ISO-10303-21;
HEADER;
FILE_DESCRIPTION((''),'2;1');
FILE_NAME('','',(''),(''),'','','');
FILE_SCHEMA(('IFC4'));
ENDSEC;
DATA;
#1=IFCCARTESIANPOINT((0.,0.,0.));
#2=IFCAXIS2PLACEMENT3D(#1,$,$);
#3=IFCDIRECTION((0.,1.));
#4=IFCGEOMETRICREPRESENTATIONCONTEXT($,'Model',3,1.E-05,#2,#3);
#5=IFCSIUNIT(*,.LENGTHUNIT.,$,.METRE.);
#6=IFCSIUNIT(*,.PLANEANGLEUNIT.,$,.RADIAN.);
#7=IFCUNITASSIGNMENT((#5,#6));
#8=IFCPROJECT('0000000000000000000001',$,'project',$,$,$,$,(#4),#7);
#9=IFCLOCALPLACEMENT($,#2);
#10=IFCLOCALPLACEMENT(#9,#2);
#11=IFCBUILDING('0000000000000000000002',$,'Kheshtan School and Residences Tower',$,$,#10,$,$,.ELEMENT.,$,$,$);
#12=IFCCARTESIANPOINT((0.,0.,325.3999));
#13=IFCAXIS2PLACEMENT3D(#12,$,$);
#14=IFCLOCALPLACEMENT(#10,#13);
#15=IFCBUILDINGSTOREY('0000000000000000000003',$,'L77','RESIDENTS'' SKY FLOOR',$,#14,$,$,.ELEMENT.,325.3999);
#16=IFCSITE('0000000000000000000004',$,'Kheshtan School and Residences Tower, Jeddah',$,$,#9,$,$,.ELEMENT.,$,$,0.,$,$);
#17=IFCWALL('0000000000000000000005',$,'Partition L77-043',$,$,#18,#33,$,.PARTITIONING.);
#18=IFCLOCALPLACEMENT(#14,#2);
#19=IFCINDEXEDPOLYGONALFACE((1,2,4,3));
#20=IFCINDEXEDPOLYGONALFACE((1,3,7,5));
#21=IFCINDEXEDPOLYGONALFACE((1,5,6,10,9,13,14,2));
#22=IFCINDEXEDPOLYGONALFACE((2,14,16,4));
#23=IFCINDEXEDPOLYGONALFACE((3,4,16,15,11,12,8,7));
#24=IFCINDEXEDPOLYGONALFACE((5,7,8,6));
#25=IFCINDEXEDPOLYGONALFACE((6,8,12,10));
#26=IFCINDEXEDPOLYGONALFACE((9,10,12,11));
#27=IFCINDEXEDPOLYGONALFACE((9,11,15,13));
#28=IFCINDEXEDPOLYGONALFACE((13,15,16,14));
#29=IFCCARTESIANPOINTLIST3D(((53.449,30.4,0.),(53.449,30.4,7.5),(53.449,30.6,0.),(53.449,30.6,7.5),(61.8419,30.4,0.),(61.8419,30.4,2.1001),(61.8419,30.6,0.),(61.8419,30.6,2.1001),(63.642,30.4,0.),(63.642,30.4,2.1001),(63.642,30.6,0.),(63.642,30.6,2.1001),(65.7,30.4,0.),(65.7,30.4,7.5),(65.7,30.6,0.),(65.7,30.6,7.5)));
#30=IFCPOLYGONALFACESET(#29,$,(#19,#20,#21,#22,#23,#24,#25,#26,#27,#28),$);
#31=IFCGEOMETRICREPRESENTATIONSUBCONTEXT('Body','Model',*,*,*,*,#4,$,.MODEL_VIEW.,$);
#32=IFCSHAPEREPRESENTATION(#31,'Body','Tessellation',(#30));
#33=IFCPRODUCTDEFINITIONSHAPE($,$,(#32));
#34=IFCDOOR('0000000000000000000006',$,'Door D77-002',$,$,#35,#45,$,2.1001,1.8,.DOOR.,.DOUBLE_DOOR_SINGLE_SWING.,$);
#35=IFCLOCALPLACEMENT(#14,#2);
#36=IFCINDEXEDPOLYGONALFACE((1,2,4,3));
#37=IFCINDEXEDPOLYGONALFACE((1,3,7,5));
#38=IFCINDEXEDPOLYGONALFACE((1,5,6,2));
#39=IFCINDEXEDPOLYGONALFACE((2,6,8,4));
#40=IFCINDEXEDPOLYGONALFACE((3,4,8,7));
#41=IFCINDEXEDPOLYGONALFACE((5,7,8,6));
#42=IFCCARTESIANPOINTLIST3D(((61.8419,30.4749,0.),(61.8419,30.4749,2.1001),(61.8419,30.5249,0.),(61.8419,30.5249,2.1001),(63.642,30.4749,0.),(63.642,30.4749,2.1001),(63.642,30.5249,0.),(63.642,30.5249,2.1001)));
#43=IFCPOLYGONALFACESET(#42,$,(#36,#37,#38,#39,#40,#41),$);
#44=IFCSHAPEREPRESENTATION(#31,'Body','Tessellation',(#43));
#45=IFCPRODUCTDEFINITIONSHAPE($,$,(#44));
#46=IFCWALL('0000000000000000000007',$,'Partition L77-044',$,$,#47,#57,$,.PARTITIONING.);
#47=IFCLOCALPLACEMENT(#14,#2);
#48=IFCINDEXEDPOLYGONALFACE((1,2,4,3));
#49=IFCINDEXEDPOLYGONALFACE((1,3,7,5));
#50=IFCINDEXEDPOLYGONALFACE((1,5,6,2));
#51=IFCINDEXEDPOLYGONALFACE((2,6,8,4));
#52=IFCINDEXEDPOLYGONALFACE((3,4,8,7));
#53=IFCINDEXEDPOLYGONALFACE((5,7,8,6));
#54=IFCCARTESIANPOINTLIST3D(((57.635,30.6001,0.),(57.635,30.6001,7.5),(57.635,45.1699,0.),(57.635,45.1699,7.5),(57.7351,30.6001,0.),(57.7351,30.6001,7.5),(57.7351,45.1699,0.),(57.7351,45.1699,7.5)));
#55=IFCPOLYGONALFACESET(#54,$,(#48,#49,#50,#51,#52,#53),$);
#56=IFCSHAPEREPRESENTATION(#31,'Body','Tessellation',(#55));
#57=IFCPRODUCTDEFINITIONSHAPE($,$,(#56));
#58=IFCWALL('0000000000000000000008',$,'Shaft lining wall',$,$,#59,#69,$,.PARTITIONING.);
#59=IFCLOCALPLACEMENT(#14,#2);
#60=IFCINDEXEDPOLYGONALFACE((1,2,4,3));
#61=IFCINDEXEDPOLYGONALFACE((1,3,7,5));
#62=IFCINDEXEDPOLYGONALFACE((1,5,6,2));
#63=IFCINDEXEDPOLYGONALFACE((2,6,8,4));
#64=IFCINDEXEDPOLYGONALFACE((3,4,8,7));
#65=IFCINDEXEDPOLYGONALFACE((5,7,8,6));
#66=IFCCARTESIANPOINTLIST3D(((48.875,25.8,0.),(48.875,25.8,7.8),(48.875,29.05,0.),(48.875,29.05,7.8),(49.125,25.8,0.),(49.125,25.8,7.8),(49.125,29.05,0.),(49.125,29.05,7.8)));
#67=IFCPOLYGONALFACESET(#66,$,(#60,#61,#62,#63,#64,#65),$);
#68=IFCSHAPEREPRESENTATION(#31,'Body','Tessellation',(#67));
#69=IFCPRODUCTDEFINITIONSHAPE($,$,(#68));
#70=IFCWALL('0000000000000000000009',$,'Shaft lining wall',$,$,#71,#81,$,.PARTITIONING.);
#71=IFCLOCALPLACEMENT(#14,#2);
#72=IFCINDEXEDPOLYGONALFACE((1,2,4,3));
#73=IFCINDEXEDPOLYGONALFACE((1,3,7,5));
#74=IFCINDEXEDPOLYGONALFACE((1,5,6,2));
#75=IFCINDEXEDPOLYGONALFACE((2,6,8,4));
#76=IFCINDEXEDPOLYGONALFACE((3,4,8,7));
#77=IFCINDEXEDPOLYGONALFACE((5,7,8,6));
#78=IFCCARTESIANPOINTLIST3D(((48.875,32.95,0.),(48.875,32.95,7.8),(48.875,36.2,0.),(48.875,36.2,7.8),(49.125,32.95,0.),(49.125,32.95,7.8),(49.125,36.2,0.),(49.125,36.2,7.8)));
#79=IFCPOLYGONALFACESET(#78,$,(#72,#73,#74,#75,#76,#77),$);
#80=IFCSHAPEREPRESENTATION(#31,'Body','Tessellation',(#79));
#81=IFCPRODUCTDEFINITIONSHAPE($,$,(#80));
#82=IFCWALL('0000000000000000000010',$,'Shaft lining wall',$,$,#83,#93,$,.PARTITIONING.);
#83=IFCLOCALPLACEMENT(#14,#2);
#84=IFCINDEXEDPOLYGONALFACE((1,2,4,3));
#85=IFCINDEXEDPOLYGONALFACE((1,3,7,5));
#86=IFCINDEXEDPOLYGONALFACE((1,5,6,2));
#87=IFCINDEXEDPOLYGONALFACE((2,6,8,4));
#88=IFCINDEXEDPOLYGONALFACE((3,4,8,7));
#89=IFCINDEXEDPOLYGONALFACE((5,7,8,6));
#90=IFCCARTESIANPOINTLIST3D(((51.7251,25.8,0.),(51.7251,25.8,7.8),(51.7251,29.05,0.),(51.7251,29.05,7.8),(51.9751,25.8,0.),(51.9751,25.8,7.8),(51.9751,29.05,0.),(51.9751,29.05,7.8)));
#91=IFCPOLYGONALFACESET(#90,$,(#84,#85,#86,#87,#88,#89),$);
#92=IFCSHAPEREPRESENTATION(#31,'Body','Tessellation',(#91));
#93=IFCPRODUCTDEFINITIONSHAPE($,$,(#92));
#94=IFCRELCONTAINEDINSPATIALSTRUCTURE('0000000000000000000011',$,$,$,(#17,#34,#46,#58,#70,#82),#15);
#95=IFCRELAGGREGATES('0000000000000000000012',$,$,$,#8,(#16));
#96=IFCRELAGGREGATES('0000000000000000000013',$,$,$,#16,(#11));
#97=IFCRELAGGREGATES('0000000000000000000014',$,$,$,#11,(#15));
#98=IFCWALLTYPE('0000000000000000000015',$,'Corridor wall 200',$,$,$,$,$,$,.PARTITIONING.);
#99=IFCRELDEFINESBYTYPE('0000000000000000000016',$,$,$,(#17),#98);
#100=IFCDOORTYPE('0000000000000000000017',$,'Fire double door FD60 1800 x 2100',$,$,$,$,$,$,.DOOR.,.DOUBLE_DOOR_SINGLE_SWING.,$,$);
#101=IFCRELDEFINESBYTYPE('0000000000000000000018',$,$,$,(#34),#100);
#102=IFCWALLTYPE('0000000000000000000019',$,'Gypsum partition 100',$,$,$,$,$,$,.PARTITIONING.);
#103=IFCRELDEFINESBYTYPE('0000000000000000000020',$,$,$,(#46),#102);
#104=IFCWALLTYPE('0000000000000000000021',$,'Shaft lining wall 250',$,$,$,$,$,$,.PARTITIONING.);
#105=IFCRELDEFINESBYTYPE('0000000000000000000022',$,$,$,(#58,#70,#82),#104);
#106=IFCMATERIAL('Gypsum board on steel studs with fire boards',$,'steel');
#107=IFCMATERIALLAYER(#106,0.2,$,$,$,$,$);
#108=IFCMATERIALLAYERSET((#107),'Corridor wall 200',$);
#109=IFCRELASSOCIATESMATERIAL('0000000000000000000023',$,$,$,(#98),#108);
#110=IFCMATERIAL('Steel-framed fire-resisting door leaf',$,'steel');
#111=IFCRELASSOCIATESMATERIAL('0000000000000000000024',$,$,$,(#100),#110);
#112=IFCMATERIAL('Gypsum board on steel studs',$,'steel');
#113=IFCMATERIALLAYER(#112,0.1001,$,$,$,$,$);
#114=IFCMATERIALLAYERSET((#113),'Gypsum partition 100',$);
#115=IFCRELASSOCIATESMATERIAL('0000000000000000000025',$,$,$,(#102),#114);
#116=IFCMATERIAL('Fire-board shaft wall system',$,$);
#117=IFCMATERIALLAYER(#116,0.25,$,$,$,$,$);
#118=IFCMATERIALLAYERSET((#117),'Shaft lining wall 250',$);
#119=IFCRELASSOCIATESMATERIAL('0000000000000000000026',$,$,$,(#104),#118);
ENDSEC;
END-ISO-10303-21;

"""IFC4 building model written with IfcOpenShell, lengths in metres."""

from ifc_helpers import new_model, si_unit, direction, frame, frame_2d, origin, place, context, subcontext, project, spatial, rectangle, extrude, source, transform, mapped, material, layer, layer_set, type_object, element, fill, save


model = new_model("IFC4")

# Units and contexts
model_context = context("Model", 3, precision=1e-05, world=origin(), true_north=direction((0.0, 1.0)))
body_context = subcontext(model_context, "Body", "Model", "MODEL_VIEW")
ifc_project = project(units=[si_unit("LENGTHUNIT", "METRE"), si_unit("PLANEANGLEUNIT", "RADIAN")], contexts=[model_context])

# Site, building, storey
site_placement = place(None, origin())
site = spatial("IfcSite", under=ifc_project, at=site_placement, Name="Kheshtan School and Residences Tower, Jeddah", CompositionType="ELEMENT", RefElevation=0.0)
building_placement = place(site_placement, origin())
building = spatial("IfcBuilding", under=site, at=building_placement, Name="Kheshtan School and Residences Tower", CompositionType="ELEMENT")
storey_placement = place(building_placement, frame((0.0, 0.0, 325.3999)))
storey = spatial("IfcBuildingStorey", under=building, at=storey_placement, Name="L77", Description="RESIDENTS' SKY FLOOR", CompositionType="ELEMENT", Elevation=325.3999)

# Shared definitions
ifc_material_1 = material(Name="Steel-framed fire-resisting door leaf", Category="steel")

# Wall, opening, door
ifc_material_2 = material(Name="Gypsum board on steel studs with fire boards", Category="steel")
ifc_layer_1 = layer(ifc_material_2, 0.2)
ifc_layer_set_1 = layer_set([ifc_layer_1], Name="Corridor wall 200")
wall_type_1 = type_object("IfcWallType", Name="Corridor wall 200", PredefinedType="PARTITIONING", material=ifc_layer_set_1)
wall_1_placement = place(storey_placement, frame((53.449, 30.5, 0.0), z_axis=(0.0, 0.0, 1.0), x_axis=(1.0, 0.0, 0.0)))
wall_1 = element("IfcWall", 1, at=wall_1_placement, inside=storey, type_object=wall_type_1, Name="Partition L77-043", PredefinedType="PARTITIONING", context=body_context, shape_type="SweptSolid", body=[
    extrude(rectangle(XDim=12.251, YDim=0.2, at=frame_2d((6.1255, 0.0))), origin(), (0.0, 0.0, 1.0), 7.5),
])
opening_1_placement = place(wall_1_placement, frame((8.3931, 0.0, 0.0)))
opening_1 = element("IfcOpeningElement", 2, at=opening_1_placement, cuts=wall_1, PredefinedType="OPENING", context=body_context, shape_type="SweptSolid", body=[
    extrude(rectangle(XDim=1.8, YDim=2.1001, at=frame_2d((0.8999, 1.05))), frame((0.0, 0.1099, 0.0), z_axis=(0.0, -1.0, 0.0), x_axis=(1.0, 0.0, 0.0)), (0.0, 0.0, 1.0), 0.22),
])
door_type_1 = type_object("IfcDoorType", Name="Fire double door FD60 1800 x 2100", OperationType="DOUBLE_DOOR_SINGLE_SWING", PredefinedType="DOOR", material=ifc_material_1)
shared_shape_1 = source(origin(), body_context, "Body", "SweptSolid", [
    extrude(rectangle(XDim=1.8, YDim=2.1001, at=frame_2d((0.8999, 1.05))), frame((0.0, 0.0249, 0.0), z_axis=(0.0, -1.0, 0.0), x_axis=(1.0, 0.0, 0.0)), (0.0, 0.0, 1.0), 0.05),
])
door_1_placement = place(opening_1_placement, origin())
door_1 = element("IfcDoor", 3, at=door_1_placement, inside=storey, type_object=door_type_1, Name="Door D77-002", OperationType="DOUBLE_DOOR_SINGLE_SWING", OverallHeight=2.1001, OverallWidth=1.8, PredefinedType="DOOR", context=body_context, shape_type="MappedRepresentation", body=[
    mapped(shared_shape_1, transform((0.0, 0.0, 0.0), x_axis=(1.0, 0.0, 0.0), y_axis=(0.0, 1.0, 0.0), z_axis=(0.0, 0.0, 1.0), scale=1.0)),
])
fill(opening_1, door_1)

# Walls
ifc_material_3 = material(Name="Gypsum board on steel studs", Category="steel")
ifc_layer_2 = layer(ifc_material_3, 0.1001)
ifc_layer_set_2 = layer_set([ifc_layer_2], Name="Gypsum partition 100")
wall_type_2 = type_object("IfcWallType", Name="Gypsum partition 100", PredefinedType="PARTITIONING", material=ifc_layer_set_2)
wall_2_placement = place(storey_placement, frame((57.6851, 30.6001, 0.0), z_axis=(0.0, 0.0, 1.0), x_axis=(0.0, 1.0, 0.0)))
element("IfcWall", 4, at=wall_2_placement, inside=storey, type_object=wall_type_2, Name="Partition L77-044", PredefinedType="PARTITIONING", context=body_context, shape_type="SweptSolid", body=[
    extrude(rectangle(XDim=14.5698, YDim=0.1001, at=frame_2d((7.2849, 0.0))), origin(), (0.0, 0.0, 1.0), 7.5),
])
ifc_material_4 = material(Name="Fire-board shaft wall system")
ifc_layer_3 = layer(ifc_material_4, 0.25)
ifc_layer_set_3 = layer_set([ifc_layer_3], Name="Shaft lining wall 250")
wall_type_3 = type_object("IfcWallType", Name="Shaft lining wall 250", PredefinedType="PARTITIONING", material=ifc_layer_set_3)
for number, where, z_axis, x_axis, name in (
    (5, (49.0, 25.8, 0.0), (0.0, 0.0, 1.0), (0.0, 1.0, 0.0), "Shaft lining wall"),
    (6, (49.0, 32.95, 0.0), (0.0, 0.0, 1.0), (0.0, 1.0, 0.0), "Shaft lining wall"),
    (7, (51.8501, 25.8, 0.0), (0.0, 0.0, 1.0), (0.0, 1.0, 0.0), "Shaft lining wall"),
):
    element("IfcWall", number, at=place(storey_placement, frame(where, z_axis=z_axis, x_axis=x_axis)), inside=storey, type_object=wall_type_3, Name=name, PredefinedType="PARTITIONING", context=body_context, shape_type="SweptSolid", body=[
        extrude(rectangle(XDim=3.25, YDim=0.25, at=frame_2d((1.625, 0.0))), origin(), (0.0, 0.0, 1.0), 7.8),
    ])

save(model, "model.ifc")
